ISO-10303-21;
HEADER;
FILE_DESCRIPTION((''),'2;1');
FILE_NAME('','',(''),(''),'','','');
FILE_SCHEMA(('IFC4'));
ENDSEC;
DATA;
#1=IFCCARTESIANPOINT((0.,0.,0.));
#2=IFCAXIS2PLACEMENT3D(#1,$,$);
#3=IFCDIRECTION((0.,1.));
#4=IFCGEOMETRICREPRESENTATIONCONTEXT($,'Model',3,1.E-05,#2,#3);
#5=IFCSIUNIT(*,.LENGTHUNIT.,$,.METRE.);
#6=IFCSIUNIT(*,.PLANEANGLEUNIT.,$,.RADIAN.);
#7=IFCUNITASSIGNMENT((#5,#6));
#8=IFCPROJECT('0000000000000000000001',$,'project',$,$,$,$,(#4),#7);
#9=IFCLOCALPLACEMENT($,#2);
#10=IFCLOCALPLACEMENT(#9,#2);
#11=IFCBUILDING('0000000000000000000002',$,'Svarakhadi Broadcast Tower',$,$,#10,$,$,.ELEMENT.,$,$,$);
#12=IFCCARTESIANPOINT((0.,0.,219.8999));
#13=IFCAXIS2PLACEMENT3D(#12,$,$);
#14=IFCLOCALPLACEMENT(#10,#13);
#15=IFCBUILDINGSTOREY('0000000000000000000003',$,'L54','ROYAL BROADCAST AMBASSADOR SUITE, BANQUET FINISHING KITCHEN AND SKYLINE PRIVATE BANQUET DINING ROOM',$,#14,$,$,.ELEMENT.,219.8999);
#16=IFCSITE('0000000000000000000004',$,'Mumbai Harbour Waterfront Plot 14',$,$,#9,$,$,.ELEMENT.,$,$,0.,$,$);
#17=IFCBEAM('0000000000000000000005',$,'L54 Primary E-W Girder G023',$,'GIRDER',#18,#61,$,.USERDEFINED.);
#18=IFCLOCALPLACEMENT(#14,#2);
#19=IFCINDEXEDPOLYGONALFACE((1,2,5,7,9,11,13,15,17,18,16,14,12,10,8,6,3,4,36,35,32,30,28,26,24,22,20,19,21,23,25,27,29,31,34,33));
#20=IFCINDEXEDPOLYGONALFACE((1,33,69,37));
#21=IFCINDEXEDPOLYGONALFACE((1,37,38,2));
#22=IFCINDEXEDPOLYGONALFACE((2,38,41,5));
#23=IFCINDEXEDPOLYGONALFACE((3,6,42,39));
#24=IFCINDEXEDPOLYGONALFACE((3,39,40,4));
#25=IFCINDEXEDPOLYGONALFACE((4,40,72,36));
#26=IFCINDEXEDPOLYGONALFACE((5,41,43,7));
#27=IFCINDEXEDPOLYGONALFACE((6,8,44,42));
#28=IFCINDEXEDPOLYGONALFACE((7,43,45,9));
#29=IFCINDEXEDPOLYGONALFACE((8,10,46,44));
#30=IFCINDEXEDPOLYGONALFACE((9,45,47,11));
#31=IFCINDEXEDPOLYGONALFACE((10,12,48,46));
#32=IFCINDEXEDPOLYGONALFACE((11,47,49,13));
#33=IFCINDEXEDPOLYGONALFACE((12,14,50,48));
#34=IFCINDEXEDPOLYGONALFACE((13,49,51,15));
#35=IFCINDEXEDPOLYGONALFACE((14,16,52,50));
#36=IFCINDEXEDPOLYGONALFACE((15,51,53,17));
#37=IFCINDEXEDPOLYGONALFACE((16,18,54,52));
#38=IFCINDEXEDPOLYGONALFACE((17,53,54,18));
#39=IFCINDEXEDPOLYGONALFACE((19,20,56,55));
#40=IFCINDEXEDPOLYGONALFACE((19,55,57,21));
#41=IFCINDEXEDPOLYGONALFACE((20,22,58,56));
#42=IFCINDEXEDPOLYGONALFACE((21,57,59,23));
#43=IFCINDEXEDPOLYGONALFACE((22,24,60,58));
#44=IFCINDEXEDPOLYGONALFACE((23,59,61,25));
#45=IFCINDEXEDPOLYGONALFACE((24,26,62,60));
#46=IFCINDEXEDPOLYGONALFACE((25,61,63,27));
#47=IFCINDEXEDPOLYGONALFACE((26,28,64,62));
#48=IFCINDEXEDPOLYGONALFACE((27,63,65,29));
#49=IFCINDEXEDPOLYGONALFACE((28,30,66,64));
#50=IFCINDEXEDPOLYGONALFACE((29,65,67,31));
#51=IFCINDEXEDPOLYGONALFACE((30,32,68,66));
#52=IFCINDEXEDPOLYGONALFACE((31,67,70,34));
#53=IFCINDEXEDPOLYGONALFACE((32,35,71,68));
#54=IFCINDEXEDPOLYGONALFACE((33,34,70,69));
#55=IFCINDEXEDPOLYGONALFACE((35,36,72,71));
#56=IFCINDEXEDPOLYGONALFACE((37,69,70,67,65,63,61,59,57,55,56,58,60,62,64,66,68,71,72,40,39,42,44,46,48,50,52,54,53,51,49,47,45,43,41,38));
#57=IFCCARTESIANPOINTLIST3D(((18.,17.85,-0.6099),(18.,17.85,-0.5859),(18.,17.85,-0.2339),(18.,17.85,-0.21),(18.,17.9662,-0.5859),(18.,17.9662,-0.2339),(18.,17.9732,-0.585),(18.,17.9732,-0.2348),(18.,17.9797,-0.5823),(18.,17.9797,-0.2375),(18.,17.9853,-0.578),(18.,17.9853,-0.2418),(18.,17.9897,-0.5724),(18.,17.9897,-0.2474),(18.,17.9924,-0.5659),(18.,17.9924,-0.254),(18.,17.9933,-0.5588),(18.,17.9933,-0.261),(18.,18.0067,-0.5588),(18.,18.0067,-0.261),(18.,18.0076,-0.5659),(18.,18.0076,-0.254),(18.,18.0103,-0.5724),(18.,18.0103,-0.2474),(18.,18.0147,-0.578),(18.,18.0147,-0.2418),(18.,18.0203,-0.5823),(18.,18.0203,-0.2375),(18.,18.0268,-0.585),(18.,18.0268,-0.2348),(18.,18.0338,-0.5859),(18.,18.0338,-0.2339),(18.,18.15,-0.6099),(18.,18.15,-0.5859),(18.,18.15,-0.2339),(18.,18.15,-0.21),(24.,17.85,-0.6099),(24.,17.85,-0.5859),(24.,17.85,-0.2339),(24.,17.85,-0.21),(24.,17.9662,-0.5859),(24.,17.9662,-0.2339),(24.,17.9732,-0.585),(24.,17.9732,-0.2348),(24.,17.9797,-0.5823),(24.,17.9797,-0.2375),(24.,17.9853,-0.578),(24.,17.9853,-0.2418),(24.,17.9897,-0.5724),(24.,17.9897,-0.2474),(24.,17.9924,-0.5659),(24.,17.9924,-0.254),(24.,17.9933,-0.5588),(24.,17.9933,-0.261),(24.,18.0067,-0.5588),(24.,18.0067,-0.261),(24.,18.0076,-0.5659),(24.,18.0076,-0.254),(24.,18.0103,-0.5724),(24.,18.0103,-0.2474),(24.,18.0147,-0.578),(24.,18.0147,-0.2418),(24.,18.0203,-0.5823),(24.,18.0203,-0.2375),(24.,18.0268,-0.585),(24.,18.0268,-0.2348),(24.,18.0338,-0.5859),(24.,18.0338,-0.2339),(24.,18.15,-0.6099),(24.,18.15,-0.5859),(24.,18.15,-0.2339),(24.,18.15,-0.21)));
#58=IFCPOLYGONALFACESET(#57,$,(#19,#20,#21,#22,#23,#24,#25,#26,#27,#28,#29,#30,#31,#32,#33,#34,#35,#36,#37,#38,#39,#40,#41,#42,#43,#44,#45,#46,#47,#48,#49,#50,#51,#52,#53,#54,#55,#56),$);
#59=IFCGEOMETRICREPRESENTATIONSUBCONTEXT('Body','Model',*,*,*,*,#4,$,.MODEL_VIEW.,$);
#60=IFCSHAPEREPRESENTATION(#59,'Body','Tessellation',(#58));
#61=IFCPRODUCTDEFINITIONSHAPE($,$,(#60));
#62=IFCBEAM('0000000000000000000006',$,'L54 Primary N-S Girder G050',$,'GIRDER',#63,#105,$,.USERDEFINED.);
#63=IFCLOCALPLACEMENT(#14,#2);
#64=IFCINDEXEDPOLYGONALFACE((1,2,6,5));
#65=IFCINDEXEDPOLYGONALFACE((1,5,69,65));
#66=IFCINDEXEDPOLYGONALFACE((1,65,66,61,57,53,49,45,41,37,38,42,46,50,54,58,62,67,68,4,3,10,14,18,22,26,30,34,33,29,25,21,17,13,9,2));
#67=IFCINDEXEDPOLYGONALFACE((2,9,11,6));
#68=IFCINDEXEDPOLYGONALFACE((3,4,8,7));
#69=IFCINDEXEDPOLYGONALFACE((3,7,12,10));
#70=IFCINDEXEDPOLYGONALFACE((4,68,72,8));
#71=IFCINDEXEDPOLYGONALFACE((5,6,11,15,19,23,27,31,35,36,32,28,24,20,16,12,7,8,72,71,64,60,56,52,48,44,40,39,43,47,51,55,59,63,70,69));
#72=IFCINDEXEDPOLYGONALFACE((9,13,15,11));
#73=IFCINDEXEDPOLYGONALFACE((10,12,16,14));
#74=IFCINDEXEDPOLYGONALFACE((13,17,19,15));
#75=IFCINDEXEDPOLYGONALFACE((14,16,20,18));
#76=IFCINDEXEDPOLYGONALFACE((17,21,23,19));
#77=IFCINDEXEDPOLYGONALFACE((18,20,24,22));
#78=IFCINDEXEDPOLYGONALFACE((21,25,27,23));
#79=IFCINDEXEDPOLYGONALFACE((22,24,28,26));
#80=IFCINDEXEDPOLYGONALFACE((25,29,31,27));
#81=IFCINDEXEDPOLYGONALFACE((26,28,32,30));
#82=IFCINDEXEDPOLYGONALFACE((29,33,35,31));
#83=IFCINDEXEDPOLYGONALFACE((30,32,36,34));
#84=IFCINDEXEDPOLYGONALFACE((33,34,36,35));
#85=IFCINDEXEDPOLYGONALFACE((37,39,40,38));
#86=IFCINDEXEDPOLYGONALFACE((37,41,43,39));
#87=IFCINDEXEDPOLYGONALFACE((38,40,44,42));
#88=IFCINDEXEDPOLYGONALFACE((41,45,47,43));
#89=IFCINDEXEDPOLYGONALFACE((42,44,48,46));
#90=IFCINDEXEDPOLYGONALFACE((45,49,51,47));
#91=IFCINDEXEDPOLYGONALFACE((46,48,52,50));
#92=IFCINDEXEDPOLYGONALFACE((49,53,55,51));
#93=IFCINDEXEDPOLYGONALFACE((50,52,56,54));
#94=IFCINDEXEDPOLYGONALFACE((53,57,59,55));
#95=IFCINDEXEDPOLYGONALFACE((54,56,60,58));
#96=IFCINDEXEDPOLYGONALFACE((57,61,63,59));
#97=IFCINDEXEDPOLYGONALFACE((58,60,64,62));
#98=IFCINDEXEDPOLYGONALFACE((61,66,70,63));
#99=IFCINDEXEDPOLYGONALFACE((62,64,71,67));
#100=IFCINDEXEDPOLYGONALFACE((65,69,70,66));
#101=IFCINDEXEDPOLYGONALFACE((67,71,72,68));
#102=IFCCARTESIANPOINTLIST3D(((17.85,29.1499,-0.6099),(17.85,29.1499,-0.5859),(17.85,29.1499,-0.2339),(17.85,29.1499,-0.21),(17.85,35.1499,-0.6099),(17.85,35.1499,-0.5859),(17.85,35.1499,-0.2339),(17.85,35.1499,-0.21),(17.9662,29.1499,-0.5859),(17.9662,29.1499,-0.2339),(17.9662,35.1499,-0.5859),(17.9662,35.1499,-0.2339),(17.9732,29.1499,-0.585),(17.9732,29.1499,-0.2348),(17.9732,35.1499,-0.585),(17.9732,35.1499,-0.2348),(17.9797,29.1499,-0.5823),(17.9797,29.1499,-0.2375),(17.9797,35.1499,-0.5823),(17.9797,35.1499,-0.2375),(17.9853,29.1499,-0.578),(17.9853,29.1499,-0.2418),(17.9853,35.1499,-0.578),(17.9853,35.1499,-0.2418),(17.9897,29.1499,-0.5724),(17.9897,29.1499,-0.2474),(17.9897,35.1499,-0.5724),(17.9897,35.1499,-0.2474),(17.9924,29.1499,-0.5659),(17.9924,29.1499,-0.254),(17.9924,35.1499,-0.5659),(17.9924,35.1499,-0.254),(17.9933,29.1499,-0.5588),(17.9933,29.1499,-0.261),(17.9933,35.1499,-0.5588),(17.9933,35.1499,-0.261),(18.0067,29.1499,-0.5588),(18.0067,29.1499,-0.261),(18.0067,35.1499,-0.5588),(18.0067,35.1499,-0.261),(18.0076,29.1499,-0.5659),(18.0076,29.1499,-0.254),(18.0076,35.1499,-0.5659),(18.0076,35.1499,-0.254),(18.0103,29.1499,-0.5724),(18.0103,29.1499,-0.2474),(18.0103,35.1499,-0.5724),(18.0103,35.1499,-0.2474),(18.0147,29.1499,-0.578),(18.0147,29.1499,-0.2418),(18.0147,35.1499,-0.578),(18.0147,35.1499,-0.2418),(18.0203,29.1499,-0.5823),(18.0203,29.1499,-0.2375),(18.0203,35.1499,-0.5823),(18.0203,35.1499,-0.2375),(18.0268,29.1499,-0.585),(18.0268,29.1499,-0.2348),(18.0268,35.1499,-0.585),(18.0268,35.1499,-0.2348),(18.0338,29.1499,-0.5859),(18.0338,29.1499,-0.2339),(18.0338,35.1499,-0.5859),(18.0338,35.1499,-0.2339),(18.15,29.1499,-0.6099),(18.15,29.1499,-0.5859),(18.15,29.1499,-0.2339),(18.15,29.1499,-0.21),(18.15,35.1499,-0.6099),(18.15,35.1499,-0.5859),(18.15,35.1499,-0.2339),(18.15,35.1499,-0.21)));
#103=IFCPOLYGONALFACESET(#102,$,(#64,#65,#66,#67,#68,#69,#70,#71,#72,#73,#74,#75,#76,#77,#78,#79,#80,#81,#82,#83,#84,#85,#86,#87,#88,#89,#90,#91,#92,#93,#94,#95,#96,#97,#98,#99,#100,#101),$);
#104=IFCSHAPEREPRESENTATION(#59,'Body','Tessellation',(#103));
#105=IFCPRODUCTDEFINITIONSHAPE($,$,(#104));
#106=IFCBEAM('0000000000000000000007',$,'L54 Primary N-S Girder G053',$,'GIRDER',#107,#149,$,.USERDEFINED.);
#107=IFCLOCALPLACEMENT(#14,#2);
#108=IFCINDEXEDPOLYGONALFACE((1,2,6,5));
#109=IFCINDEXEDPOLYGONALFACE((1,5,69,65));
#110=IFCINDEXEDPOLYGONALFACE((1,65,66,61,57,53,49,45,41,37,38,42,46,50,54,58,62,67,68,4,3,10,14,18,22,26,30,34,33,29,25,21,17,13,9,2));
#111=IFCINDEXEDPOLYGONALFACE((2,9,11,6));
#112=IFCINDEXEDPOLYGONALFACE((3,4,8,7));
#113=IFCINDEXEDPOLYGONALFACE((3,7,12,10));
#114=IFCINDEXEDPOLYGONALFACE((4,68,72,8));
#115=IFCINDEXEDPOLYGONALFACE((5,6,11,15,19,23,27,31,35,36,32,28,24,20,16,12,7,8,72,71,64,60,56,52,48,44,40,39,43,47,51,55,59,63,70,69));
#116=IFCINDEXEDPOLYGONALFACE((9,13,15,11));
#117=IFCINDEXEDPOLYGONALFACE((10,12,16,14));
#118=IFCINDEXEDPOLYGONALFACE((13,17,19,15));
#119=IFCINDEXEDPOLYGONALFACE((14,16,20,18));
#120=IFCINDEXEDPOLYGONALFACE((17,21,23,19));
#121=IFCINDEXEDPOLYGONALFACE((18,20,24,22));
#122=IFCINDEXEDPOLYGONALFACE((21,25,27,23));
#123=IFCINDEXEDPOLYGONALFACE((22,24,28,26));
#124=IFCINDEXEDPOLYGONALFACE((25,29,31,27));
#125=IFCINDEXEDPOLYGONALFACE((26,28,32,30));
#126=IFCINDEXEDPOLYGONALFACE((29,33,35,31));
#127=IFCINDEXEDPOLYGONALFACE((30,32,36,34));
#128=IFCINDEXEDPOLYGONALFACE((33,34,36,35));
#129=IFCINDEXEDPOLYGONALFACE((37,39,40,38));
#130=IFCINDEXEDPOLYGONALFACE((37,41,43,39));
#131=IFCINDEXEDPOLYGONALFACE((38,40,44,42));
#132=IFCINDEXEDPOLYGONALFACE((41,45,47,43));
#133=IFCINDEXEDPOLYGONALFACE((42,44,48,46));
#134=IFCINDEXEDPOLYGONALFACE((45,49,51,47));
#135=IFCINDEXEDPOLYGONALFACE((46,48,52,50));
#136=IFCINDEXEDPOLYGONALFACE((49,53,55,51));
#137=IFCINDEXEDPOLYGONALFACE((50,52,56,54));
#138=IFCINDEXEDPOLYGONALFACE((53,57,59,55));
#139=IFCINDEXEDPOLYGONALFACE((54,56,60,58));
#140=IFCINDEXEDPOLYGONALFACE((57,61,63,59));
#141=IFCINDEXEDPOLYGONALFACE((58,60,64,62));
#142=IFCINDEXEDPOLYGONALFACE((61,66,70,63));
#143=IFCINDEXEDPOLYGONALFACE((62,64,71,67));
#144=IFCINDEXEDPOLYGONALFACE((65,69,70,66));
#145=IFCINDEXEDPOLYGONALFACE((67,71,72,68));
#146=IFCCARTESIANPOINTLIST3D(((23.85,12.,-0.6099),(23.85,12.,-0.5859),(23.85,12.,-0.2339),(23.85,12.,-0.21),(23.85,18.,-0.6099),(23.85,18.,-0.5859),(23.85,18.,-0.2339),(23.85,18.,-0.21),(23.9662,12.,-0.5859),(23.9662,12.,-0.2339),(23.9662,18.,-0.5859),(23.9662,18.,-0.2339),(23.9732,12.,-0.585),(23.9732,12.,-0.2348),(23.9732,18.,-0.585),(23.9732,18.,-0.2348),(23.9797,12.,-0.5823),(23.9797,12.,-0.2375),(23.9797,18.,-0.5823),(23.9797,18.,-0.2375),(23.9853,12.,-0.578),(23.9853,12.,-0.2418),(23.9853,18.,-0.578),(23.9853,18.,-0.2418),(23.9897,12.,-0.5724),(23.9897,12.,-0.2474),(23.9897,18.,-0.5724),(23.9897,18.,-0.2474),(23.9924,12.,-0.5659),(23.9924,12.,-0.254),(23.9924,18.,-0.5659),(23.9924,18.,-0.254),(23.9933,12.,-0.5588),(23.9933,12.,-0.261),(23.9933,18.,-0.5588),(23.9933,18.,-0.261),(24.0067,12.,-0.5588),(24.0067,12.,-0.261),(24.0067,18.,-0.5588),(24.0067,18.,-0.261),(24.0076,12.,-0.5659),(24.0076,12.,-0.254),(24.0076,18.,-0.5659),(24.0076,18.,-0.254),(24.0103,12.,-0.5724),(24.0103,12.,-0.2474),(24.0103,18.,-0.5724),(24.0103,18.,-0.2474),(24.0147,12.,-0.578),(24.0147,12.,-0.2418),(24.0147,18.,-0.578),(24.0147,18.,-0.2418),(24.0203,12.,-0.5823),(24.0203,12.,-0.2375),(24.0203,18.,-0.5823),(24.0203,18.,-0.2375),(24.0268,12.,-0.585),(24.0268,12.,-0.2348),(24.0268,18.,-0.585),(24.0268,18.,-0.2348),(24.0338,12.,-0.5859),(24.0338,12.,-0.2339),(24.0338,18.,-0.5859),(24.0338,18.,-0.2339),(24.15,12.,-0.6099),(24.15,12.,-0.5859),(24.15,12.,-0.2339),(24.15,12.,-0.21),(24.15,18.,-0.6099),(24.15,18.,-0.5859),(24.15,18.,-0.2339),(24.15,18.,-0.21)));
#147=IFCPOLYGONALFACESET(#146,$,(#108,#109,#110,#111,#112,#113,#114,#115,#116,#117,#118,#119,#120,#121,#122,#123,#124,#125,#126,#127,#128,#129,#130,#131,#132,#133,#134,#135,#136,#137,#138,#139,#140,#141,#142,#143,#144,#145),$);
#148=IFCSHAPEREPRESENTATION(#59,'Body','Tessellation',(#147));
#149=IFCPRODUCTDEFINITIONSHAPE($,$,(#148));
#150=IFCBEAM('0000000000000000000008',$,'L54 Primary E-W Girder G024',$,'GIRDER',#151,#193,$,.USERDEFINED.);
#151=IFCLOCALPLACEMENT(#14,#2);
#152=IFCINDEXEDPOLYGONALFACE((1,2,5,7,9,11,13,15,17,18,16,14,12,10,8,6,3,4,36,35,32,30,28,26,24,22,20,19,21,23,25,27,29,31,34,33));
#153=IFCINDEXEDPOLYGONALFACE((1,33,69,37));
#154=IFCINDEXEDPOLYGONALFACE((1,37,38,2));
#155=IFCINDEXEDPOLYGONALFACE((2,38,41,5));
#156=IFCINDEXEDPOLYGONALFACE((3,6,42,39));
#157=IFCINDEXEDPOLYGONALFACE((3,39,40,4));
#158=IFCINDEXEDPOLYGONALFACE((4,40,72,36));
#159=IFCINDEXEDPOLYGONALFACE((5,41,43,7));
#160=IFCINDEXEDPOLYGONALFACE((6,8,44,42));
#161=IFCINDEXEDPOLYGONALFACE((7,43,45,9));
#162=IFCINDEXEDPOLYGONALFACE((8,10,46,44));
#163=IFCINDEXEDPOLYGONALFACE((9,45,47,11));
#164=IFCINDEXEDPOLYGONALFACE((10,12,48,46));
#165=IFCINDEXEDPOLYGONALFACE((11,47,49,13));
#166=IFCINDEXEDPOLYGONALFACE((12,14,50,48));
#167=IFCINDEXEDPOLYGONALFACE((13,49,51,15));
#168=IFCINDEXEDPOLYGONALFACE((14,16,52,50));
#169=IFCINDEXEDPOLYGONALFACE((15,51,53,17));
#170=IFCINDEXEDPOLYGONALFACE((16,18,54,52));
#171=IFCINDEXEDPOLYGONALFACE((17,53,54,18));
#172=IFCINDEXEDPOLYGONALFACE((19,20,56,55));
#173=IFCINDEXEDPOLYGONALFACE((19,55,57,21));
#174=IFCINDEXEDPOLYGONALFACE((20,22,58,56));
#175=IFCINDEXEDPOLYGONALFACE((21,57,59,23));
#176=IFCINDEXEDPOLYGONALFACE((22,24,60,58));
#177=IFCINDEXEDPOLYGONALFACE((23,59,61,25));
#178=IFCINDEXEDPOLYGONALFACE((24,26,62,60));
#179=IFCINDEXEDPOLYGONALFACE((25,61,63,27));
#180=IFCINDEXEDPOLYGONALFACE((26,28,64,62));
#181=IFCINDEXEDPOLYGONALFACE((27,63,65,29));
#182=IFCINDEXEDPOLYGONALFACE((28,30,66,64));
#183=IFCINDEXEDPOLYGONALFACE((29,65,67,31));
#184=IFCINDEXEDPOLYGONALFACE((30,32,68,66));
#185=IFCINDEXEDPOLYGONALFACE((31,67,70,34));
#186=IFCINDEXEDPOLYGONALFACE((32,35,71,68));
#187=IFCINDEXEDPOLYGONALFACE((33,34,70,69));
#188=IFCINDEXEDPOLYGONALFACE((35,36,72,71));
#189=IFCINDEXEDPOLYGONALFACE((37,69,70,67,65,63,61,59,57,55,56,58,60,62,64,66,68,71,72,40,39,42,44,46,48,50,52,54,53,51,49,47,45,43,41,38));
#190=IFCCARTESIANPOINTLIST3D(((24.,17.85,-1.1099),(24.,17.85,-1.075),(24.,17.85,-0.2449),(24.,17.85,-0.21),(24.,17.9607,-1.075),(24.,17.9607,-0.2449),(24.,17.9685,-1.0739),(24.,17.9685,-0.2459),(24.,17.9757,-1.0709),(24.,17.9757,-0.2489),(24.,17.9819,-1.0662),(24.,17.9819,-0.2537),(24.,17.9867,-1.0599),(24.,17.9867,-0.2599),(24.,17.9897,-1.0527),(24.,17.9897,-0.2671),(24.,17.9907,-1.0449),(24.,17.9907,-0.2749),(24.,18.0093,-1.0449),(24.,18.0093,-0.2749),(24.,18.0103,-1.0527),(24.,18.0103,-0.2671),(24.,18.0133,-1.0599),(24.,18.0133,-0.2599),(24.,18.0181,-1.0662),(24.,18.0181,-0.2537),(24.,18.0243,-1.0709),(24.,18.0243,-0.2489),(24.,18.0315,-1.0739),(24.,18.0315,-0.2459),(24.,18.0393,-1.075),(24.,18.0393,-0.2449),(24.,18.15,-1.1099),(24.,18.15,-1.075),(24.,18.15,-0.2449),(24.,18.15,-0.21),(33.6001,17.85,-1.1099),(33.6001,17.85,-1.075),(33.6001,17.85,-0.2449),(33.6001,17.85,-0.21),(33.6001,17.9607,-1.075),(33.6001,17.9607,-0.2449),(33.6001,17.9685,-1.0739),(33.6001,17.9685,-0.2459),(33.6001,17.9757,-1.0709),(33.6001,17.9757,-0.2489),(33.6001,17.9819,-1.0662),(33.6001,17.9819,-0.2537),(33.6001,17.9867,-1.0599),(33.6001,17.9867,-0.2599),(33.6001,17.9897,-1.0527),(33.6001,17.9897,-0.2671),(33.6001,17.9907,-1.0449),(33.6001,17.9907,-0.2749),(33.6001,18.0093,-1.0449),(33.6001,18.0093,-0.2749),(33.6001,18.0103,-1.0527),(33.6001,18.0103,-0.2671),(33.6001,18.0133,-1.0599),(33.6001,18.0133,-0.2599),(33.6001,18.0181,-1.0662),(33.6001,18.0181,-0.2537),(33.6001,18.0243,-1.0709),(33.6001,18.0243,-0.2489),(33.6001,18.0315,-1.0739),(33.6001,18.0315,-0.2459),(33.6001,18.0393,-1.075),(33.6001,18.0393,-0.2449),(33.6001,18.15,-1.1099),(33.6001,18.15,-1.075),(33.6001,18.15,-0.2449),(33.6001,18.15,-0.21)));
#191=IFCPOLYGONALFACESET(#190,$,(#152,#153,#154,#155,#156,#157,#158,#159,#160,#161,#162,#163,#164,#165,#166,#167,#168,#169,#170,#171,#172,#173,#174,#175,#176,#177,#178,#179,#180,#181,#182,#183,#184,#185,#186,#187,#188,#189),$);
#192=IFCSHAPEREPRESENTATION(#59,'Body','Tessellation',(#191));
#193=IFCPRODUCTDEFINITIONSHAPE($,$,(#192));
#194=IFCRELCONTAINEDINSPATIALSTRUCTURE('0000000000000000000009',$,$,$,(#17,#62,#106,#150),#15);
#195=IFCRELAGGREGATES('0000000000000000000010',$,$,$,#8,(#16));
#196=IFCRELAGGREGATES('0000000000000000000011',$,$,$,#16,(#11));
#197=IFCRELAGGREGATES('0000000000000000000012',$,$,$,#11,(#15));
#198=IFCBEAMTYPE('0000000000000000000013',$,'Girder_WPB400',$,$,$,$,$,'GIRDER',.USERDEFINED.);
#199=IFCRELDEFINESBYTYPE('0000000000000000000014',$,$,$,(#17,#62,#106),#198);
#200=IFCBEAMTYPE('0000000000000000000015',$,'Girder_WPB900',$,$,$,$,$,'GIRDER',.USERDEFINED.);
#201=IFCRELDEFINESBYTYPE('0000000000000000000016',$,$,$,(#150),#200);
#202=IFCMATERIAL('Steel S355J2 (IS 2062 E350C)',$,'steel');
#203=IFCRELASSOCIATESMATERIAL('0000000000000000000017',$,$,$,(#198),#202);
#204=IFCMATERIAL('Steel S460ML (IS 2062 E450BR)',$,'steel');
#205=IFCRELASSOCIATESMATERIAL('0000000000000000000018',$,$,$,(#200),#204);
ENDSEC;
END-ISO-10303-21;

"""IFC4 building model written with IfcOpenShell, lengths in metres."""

from ifc_helpers import new_model, si_unit, direction, frame, origin, origin_2d, place, context, subcontext, project, spatial, i_section, extrude, material, material_profile, profile_set, type_object, element, save


model = new_model("IFC4")

# Units and contexts
model_context = context("Model", 3, precision=1e-05, world=origin(), true_north=direction((0.0, 1.0)))
body_context = subcontext(model_context, "Body", "Model", "MODEL_VIEW")
ifc_project = project(units=[si_unit("LENGTHUNIT", "METRE"), si_unit("PLANEANGLEUNIT", "RADIAN")], contexts=[model_context])

# Site, building, storey
site_placement = place(None, origin())
site = spatial("IfcSite", under=ifc_project, at=site_placement, Name="Mumbai Harbour Waterfront Plot 14", CompositionType="ELEMENT", RefElevation=0.0)
building_placement = place(site_placement, origin())
building = spatial("IfcBuilding", under=site, at=building_placement, Name="Svarakhadi Broadcast Tower", CompositionType="ELEMENT")
storey_placement = place(building_placement, frame((0.0, 0.0, 219.8999)))
storey = spatial("IfcBuildingStorey", under=building, at=storey_placement, Name="L54", Description="ROYAL BROADCAST AMBASSADOR SUITE, BANQUET FINISHING KITCHEN AND SKYLINE PRIVATE BANQUET DINING ROOM", CompositionType="ELEMENT", Elevation=219.8999)

# Shared definitions
ifc_material_1 = material(Name="Steel S355J2 (IS 2062 E350C)", Category="steel")

# Beams
ifc_material_profile_1 = material_profile(ifc_material_1, i_section(OverallWidth=0.3, OverallDepth=0.3999, WebThickness=0.0134, FlangeThickness=0.0239, FilletRadius=0.0271, at=origin_2d()), Name="WPB 400x300x155")
ifc_profile_set_1 = profile_set([ifc_material_profile_1], Name="Steel S355J2 (IS 2062 E350C)")
beam_type_1 = type_object("IfcBeamType", Name="Girder_WPB400", ElementType="GIRDER", PredefinedType="USERDEFINED", material=ifc_profile_set_1)
for number, where, z_axis, x_axis, name in (
    (1, (18.0, 18.0, -0.4099), (1.0, 0.0, 0.0), (0.0, 1.0, 0.0), "L54 Primary E-W Girder G023"),
    (2, (18.0, 29.1499, -0.4099), (0.0, 1.0, 0.0), (-1.0, 0.0, 0.0), "L54 Primary N-S Girder G050"),
    (3, (24.0, 12.0, -0.4099), (0.0, 1.0, 0.0), (-1.0, 0.0, 0.0), "L54 Primary N-S Girder G053"),
):
    element("IfcBeam", number, at=place(storey_placement, frame(where, z_axis=z_axis, x_axis=x_axis)), inside=storey, type_object=beam_type_1, Name=name, ObjectType="GIRDER", PredefinedType="USERDEFINED", context=body_context, shape_type="SweptSolid", body=[
        extrude(i_section(OverallWidth=0.3, OverallDepth=0.3999, WebThickness=0.0134, FlangeThickness=0.0239, FilletRadius=0.0271, at=origin_2d()), origin(), (0.0, 0.0, 1.0), 6.0),
    ])
ifc_material_2 = material(Name="Steel S460ML (IS 2062 E450BR)", Category="steel")
ifc_material_profile_2 = material_profile(ifc_material_2, i_section(OverallWidth=0.3, OverallDepth=0.8999, WebThickness=0.0186, FlangeThickness=0.0349, FilletRadius=0.03, at=origin_2d()), Name="WPB 900x300x291")
ifc_profile_set_2 = profile_set([ifc_material_profile_2], Name="Steel S460ML (IS 2062 E450BR)")
beam_type_2 = type_object("IfcBeamType", Name="Girder_WPB900", ElementType="GIRDER", PredefinedType="USERDEFINED", material=ifc_profile_set_2)
for number, where, z_axis, x_axis, name in (
    (4, (24.0, 18.0, -0.6599), (1.0, 0.0, 0.0), (0.0, 1.0, 0.0), "L54 Primary E-W Girder G024"),
):
    element("IfcBeam", number, at=place(storey_placement, frame(where, z_axis=z_axis, x_axis=x_axis)), inside=storey, type_object=beam_type_2, Name=name, ObjectType="GIRDER", PredefinedType="USERDEFINED", context=body_context, shape_type="SweptSolid", body=[
        extrude(i_section(OverallWidth=0.3, OverallDepth=0.8999, WebThickness=0.0186, FlangeThickness=0.0349, FilletRadius=0.03, at=origin_2d()), origin(), (0.0, 0.0, 1.0), 9.6001),
    ])

save(model, "model.ifc")
